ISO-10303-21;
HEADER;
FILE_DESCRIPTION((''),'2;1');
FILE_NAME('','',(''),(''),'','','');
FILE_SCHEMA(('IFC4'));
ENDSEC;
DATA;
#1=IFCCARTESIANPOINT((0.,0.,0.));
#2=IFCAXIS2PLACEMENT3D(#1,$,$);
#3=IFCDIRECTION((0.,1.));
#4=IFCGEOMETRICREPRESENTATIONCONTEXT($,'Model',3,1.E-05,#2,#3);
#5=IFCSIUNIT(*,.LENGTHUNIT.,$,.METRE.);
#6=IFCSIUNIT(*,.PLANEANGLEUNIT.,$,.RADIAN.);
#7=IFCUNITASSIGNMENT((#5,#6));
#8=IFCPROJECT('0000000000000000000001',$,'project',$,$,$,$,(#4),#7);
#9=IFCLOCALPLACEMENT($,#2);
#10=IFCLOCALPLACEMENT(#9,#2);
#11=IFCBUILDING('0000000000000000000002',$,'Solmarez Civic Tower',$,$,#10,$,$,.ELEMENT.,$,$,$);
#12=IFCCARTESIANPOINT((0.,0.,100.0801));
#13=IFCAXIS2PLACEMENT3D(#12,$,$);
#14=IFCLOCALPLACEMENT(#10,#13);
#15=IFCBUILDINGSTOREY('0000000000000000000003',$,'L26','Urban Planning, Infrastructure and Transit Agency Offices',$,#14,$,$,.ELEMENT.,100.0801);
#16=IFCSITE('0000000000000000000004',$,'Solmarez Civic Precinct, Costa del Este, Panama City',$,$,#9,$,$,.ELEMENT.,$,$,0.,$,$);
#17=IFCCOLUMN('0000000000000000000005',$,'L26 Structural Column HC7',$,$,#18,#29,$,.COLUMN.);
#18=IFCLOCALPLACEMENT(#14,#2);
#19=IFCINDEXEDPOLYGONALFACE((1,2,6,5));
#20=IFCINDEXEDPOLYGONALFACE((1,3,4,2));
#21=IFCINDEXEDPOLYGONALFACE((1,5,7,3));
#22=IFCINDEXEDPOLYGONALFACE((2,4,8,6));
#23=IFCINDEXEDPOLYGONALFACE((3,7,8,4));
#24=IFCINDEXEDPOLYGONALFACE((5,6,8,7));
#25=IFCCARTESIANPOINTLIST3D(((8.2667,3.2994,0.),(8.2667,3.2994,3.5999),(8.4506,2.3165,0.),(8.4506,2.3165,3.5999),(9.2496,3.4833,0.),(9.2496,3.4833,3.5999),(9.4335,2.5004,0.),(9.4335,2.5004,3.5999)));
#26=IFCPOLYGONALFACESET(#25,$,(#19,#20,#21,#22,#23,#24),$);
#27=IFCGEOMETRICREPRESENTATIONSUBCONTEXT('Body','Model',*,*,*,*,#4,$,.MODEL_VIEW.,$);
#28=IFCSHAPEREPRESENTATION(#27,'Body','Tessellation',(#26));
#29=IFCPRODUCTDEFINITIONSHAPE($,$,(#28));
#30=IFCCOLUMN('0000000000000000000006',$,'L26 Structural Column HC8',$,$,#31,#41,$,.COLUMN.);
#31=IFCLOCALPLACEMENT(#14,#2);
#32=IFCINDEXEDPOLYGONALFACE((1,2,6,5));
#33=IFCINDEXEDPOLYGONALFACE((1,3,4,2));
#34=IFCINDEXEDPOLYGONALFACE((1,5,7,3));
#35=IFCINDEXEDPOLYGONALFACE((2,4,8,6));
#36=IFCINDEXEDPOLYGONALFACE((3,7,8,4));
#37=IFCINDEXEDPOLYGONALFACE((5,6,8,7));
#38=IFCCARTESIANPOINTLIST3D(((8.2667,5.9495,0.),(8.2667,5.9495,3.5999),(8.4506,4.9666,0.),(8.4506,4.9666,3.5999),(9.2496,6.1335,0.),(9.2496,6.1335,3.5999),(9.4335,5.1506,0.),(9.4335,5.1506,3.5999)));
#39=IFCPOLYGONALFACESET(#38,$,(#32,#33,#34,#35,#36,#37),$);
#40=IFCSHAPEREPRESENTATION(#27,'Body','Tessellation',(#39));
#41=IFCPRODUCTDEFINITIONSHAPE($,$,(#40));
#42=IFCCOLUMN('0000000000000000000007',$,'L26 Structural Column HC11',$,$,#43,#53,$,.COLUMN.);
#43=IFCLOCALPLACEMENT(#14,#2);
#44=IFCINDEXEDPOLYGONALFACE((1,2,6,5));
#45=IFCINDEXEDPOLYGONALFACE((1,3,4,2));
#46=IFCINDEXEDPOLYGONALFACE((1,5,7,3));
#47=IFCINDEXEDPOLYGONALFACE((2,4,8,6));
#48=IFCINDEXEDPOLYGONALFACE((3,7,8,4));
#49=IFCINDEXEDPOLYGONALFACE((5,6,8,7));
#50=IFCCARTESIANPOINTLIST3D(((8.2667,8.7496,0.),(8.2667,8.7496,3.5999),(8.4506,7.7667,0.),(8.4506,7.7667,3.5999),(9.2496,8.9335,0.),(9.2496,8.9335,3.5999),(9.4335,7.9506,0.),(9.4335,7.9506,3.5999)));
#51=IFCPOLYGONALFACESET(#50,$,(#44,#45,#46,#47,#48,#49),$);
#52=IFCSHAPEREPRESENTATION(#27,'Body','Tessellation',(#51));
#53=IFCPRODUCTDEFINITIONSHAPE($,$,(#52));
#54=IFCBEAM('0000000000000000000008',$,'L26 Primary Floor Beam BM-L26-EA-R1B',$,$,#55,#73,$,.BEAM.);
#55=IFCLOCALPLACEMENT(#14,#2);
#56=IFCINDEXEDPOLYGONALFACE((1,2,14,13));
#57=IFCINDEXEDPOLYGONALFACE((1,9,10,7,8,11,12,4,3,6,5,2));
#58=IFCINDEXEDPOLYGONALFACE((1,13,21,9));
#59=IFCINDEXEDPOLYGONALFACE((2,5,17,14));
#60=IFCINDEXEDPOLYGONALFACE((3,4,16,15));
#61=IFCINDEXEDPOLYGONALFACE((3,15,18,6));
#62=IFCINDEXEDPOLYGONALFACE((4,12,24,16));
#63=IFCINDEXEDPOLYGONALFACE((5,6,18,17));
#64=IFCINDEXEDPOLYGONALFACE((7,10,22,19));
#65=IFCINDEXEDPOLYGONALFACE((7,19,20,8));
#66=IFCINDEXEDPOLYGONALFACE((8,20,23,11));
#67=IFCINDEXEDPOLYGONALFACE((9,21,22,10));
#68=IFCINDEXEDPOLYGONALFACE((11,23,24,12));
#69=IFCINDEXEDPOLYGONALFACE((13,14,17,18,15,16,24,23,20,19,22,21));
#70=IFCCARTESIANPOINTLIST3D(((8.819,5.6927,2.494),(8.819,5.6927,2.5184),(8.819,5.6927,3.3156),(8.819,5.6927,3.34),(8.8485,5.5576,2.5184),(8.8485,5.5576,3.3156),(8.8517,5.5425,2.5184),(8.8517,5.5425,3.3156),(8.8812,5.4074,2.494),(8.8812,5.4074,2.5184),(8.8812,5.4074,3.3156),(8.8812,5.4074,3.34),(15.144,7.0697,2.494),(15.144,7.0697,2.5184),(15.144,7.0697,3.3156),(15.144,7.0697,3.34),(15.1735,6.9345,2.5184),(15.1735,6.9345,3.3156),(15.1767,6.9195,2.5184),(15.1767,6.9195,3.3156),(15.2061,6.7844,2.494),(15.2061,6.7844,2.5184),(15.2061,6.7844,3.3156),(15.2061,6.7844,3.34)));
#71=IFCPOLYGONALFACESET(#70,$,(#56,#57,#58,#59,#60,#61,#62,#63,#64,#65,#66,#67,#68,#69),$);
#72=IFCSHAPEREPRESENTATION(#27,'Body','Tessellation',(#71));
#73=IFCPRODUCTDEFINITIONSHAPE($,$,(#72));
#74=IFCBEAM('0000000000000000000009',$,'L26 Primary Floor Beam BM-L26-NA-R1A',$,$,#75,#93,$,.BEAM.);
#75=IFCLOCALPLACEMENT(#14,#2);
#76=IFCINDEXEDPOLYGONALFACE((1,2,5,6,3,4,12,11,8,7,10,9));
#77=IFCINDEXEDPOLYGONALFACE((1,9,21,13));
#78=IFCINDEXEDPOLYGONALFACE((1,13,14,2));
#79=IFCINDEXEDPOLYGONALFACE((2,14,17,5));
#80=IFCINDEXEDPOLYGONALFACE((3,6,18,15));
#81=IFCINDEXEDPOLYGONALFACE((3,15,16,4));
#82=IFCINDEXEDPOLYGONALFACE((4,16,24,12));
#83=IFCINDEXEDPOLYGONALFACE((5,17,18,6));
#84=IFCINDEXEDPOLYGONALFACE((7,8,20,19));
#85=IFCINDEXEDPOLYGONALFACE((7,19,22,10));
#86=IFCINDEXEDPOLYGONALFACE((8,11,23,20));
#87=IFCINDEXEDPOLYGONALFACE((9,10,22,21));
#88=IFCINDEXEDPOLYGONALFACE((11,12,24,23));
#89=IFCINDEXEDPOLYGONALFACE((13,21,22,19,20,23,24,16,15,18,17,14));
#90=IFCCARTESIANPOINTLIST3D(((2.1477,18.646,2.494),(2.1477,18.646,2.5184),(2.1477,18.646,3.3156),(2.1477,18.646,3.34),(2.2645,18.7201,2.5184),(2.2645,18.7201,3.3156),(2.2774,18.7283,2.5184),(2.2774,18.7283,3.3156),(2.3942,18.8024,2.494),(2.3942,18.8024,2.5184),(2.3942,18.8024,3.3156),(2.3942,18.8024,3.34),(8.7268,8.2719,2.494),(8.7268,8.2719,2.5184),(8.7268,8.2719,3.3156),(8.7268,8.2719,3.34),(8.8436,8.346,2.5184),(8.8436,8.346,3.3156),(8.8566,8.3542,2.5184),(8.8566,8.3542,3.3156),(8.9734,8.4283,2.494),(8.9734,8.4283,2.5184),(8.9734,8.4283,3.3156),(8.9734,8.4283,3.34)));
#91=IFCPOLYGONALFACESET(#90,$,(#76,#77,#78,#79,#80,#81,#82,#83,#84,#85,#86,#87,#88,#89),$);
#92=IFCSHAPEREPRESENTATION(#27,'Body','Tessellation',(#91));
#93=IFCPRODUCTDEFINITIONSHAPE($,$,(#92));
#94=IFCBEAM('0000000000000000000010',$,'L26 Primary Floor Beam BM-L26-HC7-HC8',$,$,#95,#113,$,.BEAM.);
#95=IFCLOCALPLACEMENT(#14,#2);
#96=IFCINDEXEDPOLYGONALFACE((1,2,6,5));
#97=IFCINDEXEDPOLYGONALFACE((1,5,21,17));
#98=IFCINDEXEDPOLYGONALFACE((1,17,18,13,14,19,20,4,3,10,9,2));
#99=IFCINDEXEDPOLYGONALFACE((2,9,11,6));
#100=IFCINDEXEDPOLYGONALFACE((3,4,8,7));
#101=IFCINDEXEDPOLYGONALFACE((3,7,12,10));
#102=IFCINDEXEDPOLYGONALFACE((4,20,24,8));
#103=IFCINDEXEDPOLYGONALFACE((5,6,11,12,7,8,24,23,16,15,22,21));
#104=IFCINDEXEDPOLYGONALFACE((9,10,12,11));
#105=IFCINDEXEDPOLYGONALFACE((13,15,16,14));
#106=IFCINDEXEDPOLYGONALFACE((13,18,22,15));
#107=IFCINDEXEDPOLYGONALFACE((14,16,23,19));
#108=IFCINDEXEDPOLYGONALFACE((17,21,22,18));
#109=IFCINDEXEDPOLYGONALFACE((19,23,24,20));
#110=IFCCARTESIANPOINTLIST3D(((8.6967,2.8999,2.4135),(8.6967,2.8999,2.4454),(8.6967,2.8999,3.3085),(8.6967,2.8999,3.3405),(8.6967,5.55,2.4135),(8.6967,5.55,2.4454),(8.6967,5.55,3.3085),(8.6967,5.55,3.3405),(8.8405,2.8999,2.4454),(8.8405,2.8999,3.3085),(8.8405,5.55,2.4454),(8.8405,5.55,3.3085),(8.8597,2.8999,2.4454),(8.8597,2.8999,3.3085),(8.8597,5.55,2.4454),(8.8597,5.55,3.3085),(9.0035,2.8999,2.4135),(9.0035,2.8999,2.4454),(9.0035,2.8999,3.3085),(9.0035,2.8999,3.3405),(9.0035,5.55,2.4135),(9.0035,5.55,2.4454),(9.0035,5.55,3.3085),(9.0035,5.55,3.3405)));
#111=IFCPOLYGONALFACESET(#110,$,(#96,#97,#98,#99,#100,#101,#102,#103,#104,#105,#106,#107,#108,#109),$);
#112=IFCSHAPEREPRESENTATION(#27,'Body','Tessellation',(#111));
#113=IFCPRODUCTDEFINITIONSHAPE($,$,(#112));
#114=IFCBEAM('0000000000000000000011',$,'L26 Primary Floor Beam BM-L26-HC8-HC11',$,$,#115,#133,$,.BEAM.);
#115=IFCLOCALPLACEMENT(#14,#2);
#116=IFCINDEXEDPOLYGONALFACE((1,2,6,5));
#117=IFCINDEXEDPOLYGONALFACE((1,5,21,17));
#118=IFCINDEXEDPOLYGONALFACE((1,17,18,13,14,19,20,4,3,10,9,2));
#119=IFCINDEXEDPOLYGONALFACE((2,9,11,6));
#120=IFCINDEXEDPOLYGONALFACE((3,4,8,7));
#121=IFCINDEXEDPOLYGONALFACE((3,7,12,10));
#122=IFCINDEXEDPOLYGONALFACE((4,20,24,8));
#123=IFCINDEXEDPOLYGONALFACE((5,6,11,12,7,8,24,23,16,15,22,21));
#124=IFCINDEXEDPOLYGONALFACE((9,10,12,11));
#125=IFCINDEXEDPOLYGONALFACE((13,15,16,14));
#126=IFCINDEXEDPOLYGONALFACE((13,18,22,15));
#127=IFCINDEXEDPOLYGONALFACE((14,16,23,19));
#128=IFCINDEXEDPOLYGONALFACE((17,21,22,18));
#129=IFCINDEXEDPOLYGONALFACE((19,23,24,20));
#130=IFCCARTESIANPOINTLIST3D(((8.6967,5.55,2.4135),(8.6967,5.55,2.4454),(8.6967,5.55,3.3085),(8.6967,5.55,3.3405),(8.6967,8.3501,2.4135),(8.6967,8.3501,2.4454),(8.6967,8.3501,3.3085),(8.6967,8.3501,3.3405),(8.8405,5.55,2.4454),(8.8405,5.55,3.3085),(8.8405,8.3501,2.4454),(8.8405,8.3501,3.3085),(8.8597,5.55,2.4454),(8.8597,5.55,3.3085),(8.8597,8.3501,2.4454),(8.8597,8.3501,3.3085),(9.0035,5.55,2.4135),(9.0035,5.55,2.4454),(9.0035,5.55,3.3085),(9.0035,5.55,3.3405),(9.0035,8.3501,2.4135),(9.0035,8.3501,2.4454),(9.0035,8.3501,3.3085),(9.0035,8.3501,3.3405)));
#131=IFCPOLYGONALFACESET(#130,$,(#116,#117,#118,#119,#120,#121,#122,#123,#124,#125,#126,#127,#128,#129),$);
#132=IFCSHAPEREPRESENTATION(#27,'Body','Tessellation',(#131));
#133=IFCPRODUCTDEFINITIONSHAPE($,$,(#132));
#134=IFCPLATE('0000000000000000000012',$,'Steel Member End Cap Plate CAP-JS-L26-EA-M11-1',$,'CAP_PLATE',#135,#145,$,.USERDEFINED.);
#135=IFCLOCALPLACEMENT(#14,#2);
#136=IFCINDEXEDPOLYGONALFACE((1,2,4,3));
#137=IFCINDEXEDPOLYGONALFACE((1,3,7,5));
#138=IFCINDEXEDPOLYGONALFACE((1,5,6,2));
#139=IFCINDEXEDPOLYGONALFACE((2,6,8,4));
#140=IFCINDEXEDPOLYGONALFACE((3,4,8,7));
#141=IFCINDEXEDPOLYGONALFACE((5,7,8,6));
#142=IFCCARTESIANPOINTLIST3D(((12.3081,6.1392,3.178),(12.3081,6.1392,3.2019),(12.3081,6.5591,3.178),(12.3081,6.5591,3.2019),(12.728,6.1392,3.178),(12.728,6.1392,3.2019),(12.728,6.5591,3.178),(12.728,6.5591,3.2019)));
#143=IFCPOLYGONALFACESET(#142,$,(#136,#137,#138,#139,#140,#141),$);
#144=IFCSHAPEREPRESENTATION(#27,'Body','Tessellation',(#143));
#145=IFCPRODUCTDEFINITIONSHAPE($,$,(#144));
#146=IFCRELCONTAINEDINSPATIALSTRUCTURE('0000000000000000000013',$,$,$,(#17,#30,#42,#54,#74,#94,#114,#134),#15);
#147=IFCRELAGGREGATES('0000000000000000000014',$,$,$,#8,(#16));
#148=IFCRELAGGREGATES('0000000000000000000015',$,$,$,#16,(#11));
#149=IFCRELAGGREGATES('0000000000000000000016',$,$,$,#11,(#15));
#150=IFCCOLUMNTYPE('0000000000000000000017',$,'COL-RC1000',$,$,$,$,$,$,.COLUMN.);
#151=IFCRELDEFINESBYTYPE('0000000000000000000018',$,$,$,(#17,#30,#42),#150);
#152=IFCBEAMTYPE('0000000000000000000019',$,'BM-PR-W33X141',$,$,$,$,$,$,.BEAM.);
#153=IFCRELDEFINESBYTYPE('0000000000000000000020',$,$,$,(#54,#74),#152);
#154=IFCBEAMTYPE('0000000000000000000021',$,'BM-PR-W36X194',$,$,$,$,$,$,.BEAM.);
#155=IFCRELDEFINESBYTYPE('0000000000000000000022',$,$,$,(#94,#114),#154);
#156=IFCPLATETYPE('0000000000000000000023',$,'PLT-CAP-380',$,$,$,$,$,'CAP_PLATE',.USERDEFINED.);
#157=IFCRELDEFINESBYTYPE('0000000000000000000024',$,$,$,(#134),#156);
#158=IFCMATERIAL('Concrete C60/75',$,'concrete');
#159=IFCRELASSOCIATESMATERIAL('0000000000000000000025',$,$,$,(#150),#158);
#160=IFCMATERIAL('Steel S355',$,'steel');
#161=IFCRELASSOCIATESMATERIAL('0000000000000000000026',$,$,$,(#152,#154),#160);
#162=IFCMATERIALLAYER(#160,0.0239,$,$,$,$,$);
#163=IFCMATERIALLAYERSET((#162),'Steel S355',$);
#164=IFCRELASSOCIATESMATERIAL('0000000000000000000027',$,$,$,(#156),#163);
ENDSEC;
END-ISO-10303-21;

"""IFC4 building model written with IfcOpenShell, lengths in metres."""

from ifc_helpers import new_model, si_unit, direction, frame, origin, origin_2d, place, context, subcontext, project, spatial, rectangle, i_section, extrude, material, layer, layer_set, material_profile, profile_set, type_object, element, save


model = new_model("IFC4")

# Units and contexts
model_context = context("Model", 3, precision=1e-05, world=origin(), true_north=direction((0.0, 1.0)))
body_context = subcontext(model_context, "Body", "Model", "MODEL_VIEW")
ifc_project = project(units=[si_unit("LENGTHUNIT", "METRE"), si_unit("PLANEANGLEUNIT", "RADIAN")], contexts=[model_context])

# Site, building, storey
site_placement = place(None, origin())
site = spatial("IfcSite", under=ifc_project, at=site_placement, Name="Solmarez Civic Precinct, Costa del Este, Panama City", CompositionType="ELEMENT", RefElevation=0.0)
building_placement = place(site_placement, origin())
building = spatial("IfcBuilding", under=site, at=building_placement, Name="Solmarez Civic Tower", CompositionType="ELEMENT")
storey_placement = place(building_placement, frame((0.0, 0.0, 100.0801)))
storey = spatial("IfcBuildingStorey", under=building, at=storey_placement, Name="L26", Description="Urban Planning, Infrastructure and Transit Agency Offices", CompositionType="ELEMENT", Elevation=100.0801)

# Columns
ifc_material_1 = material(Name="Concrete C60/75", Category="concrete")
ifc_material_profile_1 = material_profile(ifc_material_1, rectangle(XDim=1.0, YDim=1.0, at=origin_2d()), Name="RC1000X1000")
ifc_profile_set_1 = profile_set([ifc_material_profile_1], Name="Concrete C60/75")
column_type = type_object("IfcColumnType", Name="COL-RC1000", PredefinedType="COLUMN", material=ifc_profile_set_1)
for number, where, z_axis, x_axis, name in (
    (1, (8.8501, 2.8999, 0.0), (0.0, 0.0, 1.0), (0.982935, 0.183951, 0.0), "L26 Structural Column HC7"),
    (2, (8.8501, 5.55, 0.0), (0.0, 0.0, 1.0), (0.982935, 0.183951, 0.0), "L26 Structural Column HC8"),
    (3, (8.8501, 8.3501, 0.0), (0.0, 0.0, 1.0), (0.982935, 0.183951, 0.0), "L26 Structural Column HC11"),
):
    element("IfcColumn", number, at=place(storey_placement, frame(where, z_axis=z_axis, x_axis=x_axis)), inside=storey, type_object=column_type, Name=name, PredefinedType="COLUMN", context=body_context, shape_type="SweptSolid", body=[
        extrude(rectangle(XDim=1.0, YDim=1.0, at=origin_2d()), origin(), (0.0, 0.0, 1.0), 3.5999),
    ])

# Beams
ifc_material_2 = material(Name="Steel S355", Category="steel")
ifc_material_profile_2 = material_profile(ifc_material_2, i_section(OverallWidth=0.292, OverallDepth=0.8459, WebThickness=0.0154, FlangeThickness=0.0244, at=origin_2d()), Name="W33X141")
ifc_profile_set_2 = profile_set([ifc_material_profile_2], Name="Steel S355")
beam_type_1 = type_object("IfcBeamType", Name="BM-PR-W33X141", PredefinedType="BEAM", material=ifc_profile_set_2)
beam_1_placement = place(storey_placement, frame((8.8501, 5.55, 2.917), z_axis=(0.977113, 0.212719, 0.0), x_axis=(-0.212719, 0.977113, 0.0)))
element("IfcBeam", 4, at=beam_1_placement, inside=storey, type_object=beam_type_1, Name="L26 Primary Floor Beam BM-L26-EA-R1B", PredefinedType="BEAM", context=body_context, shape_type="SweptSolid", body=[
    extrude(i_section(OverallWidth=0.292, OverallDepth=0.8459, WebThickness=0.0154, FlangeThickness=0.0244, at=origin_2d()), origin(), (0.0, 0.0, 1.0), 6.4731),
])
beam_2_placement = place(storey_placement, frame((8.8501, 8.3501, 2.917), z_axis=(-0.535568, 0.844492, 0.0), x_axis=(-0.844492, -0.535568, 0.0)))
element("IfcBeam", 5, at=beam_2_placement, inside=storey, type_object=beam_type_1, Name="L26 Primary Floor Beam BM-L26-NA-R1A", PredefinedType="BEAM", context=body_context, shape_type="SweptSolid", body=[
    extrude(i_section(OverallWidth=0.292, OverallDepth=0.8459, WebThickness=0.0154, FlangeThickness=0.0244, at=origin_2d()), origin(), (0.0, 0.0, 1.0), 12.2844),
])
ifc_material_profile_3 = material_profile(ifc_material_2, i_section(OverallWidth=0.3069, OverallDepth=0.927, WebThickness=0.0193, FlangeThickness=0.032, at=origin_2d()), Name="W36X194")
ifc_profile_set_3 = profile_set([ifc_material_profile_3], Name="Steel S355")
beam_type_2 = type_object("IfcBeamType", Name="BM-PR-W36X194", PredefinedType="BEAM", material=ifc_profile_set_3)
beam_3_placement = place(storey_placement, frame((8.8501, 2.8999, 2.877), z_axis=(0.0, 1.0, 0.0), x_axis=(-1.0, 0.0, 0.0)))
element("IfcBeam", 6, at=beam_3_placement, inside=storey, type_object=beam_type_2, Name="L26 Primary Floor Beam BM-L26-HC7-HC8", PredefinedType="BEAM", context=body_context, shape_type="SweptSolid", body=[
    extrude(i_section(OverallWidth=0.3069, OverallDepth=0.927, WebThickness=0.0193, FlangeThickness=0.032, at=origin_2d()), origin(), (0.0, 0.0, 1.0), 2.6501),
])
beam_4_placement = place(storey_placement, frame((8.8501, 5.55, 2.877), z_axis=(0.0, 1.0, 0.0), x_axis=(-1.0, 0.0, 0.0)))
element("IfcBeam", 7, at=beam_4_placement, inside=storey, type_object=beam_type_2, Name="L26 Primary Floor Beam BM-L26-HC8-HC11", PredefinedType="BEAM", context=body_context, shape_type="SweptSolid", body=[
    extrude(i_section(OverallWidth=0.3069, OverallDepth=0.927, WebThickness=0.0193, FlangeThickness=0.032, at=origin_2d()), origin(), (0.0, 0.0, 1.0), 2.8),
])

# Plate
ifc_layer_1 = layer(ifc_material_2, 0.0239)
ifc_layer_set_1 = layer_set([ifc_layer_1], Name="Steel S355")
plate_type = type_object("IfcPlateType", Name="PLT-CAP-380", ElementType="CAP_PLATE", PredefinedType="USERDEFINED", material=ifc_layer_set_1)
plate_placement = place(storey_placement, frame((12.5181, 6.3491, 3.178), z_axis=(0.0, 0.0, 1.0), x_axis=(1.0, 0.0, 0.0)))
element("IfcPlate", 8, at=plate_placement, inside=storey, type_object=plate_type, Name="Steel Member End Cap Plate CAP-JS-L26-EA-M11-1", ObjectType="CAP_PLATE", PredefinedType="USERDEFINED", context=body_context, shape_type="SweptSolid", body=[
    extrude(rectangle(XDim=0.4199, YDim=0.4199, at=origin_2d()), origin(), (0.0, 0.0, 1.0), 0.0239),
])

save(model, "model.ifc")
